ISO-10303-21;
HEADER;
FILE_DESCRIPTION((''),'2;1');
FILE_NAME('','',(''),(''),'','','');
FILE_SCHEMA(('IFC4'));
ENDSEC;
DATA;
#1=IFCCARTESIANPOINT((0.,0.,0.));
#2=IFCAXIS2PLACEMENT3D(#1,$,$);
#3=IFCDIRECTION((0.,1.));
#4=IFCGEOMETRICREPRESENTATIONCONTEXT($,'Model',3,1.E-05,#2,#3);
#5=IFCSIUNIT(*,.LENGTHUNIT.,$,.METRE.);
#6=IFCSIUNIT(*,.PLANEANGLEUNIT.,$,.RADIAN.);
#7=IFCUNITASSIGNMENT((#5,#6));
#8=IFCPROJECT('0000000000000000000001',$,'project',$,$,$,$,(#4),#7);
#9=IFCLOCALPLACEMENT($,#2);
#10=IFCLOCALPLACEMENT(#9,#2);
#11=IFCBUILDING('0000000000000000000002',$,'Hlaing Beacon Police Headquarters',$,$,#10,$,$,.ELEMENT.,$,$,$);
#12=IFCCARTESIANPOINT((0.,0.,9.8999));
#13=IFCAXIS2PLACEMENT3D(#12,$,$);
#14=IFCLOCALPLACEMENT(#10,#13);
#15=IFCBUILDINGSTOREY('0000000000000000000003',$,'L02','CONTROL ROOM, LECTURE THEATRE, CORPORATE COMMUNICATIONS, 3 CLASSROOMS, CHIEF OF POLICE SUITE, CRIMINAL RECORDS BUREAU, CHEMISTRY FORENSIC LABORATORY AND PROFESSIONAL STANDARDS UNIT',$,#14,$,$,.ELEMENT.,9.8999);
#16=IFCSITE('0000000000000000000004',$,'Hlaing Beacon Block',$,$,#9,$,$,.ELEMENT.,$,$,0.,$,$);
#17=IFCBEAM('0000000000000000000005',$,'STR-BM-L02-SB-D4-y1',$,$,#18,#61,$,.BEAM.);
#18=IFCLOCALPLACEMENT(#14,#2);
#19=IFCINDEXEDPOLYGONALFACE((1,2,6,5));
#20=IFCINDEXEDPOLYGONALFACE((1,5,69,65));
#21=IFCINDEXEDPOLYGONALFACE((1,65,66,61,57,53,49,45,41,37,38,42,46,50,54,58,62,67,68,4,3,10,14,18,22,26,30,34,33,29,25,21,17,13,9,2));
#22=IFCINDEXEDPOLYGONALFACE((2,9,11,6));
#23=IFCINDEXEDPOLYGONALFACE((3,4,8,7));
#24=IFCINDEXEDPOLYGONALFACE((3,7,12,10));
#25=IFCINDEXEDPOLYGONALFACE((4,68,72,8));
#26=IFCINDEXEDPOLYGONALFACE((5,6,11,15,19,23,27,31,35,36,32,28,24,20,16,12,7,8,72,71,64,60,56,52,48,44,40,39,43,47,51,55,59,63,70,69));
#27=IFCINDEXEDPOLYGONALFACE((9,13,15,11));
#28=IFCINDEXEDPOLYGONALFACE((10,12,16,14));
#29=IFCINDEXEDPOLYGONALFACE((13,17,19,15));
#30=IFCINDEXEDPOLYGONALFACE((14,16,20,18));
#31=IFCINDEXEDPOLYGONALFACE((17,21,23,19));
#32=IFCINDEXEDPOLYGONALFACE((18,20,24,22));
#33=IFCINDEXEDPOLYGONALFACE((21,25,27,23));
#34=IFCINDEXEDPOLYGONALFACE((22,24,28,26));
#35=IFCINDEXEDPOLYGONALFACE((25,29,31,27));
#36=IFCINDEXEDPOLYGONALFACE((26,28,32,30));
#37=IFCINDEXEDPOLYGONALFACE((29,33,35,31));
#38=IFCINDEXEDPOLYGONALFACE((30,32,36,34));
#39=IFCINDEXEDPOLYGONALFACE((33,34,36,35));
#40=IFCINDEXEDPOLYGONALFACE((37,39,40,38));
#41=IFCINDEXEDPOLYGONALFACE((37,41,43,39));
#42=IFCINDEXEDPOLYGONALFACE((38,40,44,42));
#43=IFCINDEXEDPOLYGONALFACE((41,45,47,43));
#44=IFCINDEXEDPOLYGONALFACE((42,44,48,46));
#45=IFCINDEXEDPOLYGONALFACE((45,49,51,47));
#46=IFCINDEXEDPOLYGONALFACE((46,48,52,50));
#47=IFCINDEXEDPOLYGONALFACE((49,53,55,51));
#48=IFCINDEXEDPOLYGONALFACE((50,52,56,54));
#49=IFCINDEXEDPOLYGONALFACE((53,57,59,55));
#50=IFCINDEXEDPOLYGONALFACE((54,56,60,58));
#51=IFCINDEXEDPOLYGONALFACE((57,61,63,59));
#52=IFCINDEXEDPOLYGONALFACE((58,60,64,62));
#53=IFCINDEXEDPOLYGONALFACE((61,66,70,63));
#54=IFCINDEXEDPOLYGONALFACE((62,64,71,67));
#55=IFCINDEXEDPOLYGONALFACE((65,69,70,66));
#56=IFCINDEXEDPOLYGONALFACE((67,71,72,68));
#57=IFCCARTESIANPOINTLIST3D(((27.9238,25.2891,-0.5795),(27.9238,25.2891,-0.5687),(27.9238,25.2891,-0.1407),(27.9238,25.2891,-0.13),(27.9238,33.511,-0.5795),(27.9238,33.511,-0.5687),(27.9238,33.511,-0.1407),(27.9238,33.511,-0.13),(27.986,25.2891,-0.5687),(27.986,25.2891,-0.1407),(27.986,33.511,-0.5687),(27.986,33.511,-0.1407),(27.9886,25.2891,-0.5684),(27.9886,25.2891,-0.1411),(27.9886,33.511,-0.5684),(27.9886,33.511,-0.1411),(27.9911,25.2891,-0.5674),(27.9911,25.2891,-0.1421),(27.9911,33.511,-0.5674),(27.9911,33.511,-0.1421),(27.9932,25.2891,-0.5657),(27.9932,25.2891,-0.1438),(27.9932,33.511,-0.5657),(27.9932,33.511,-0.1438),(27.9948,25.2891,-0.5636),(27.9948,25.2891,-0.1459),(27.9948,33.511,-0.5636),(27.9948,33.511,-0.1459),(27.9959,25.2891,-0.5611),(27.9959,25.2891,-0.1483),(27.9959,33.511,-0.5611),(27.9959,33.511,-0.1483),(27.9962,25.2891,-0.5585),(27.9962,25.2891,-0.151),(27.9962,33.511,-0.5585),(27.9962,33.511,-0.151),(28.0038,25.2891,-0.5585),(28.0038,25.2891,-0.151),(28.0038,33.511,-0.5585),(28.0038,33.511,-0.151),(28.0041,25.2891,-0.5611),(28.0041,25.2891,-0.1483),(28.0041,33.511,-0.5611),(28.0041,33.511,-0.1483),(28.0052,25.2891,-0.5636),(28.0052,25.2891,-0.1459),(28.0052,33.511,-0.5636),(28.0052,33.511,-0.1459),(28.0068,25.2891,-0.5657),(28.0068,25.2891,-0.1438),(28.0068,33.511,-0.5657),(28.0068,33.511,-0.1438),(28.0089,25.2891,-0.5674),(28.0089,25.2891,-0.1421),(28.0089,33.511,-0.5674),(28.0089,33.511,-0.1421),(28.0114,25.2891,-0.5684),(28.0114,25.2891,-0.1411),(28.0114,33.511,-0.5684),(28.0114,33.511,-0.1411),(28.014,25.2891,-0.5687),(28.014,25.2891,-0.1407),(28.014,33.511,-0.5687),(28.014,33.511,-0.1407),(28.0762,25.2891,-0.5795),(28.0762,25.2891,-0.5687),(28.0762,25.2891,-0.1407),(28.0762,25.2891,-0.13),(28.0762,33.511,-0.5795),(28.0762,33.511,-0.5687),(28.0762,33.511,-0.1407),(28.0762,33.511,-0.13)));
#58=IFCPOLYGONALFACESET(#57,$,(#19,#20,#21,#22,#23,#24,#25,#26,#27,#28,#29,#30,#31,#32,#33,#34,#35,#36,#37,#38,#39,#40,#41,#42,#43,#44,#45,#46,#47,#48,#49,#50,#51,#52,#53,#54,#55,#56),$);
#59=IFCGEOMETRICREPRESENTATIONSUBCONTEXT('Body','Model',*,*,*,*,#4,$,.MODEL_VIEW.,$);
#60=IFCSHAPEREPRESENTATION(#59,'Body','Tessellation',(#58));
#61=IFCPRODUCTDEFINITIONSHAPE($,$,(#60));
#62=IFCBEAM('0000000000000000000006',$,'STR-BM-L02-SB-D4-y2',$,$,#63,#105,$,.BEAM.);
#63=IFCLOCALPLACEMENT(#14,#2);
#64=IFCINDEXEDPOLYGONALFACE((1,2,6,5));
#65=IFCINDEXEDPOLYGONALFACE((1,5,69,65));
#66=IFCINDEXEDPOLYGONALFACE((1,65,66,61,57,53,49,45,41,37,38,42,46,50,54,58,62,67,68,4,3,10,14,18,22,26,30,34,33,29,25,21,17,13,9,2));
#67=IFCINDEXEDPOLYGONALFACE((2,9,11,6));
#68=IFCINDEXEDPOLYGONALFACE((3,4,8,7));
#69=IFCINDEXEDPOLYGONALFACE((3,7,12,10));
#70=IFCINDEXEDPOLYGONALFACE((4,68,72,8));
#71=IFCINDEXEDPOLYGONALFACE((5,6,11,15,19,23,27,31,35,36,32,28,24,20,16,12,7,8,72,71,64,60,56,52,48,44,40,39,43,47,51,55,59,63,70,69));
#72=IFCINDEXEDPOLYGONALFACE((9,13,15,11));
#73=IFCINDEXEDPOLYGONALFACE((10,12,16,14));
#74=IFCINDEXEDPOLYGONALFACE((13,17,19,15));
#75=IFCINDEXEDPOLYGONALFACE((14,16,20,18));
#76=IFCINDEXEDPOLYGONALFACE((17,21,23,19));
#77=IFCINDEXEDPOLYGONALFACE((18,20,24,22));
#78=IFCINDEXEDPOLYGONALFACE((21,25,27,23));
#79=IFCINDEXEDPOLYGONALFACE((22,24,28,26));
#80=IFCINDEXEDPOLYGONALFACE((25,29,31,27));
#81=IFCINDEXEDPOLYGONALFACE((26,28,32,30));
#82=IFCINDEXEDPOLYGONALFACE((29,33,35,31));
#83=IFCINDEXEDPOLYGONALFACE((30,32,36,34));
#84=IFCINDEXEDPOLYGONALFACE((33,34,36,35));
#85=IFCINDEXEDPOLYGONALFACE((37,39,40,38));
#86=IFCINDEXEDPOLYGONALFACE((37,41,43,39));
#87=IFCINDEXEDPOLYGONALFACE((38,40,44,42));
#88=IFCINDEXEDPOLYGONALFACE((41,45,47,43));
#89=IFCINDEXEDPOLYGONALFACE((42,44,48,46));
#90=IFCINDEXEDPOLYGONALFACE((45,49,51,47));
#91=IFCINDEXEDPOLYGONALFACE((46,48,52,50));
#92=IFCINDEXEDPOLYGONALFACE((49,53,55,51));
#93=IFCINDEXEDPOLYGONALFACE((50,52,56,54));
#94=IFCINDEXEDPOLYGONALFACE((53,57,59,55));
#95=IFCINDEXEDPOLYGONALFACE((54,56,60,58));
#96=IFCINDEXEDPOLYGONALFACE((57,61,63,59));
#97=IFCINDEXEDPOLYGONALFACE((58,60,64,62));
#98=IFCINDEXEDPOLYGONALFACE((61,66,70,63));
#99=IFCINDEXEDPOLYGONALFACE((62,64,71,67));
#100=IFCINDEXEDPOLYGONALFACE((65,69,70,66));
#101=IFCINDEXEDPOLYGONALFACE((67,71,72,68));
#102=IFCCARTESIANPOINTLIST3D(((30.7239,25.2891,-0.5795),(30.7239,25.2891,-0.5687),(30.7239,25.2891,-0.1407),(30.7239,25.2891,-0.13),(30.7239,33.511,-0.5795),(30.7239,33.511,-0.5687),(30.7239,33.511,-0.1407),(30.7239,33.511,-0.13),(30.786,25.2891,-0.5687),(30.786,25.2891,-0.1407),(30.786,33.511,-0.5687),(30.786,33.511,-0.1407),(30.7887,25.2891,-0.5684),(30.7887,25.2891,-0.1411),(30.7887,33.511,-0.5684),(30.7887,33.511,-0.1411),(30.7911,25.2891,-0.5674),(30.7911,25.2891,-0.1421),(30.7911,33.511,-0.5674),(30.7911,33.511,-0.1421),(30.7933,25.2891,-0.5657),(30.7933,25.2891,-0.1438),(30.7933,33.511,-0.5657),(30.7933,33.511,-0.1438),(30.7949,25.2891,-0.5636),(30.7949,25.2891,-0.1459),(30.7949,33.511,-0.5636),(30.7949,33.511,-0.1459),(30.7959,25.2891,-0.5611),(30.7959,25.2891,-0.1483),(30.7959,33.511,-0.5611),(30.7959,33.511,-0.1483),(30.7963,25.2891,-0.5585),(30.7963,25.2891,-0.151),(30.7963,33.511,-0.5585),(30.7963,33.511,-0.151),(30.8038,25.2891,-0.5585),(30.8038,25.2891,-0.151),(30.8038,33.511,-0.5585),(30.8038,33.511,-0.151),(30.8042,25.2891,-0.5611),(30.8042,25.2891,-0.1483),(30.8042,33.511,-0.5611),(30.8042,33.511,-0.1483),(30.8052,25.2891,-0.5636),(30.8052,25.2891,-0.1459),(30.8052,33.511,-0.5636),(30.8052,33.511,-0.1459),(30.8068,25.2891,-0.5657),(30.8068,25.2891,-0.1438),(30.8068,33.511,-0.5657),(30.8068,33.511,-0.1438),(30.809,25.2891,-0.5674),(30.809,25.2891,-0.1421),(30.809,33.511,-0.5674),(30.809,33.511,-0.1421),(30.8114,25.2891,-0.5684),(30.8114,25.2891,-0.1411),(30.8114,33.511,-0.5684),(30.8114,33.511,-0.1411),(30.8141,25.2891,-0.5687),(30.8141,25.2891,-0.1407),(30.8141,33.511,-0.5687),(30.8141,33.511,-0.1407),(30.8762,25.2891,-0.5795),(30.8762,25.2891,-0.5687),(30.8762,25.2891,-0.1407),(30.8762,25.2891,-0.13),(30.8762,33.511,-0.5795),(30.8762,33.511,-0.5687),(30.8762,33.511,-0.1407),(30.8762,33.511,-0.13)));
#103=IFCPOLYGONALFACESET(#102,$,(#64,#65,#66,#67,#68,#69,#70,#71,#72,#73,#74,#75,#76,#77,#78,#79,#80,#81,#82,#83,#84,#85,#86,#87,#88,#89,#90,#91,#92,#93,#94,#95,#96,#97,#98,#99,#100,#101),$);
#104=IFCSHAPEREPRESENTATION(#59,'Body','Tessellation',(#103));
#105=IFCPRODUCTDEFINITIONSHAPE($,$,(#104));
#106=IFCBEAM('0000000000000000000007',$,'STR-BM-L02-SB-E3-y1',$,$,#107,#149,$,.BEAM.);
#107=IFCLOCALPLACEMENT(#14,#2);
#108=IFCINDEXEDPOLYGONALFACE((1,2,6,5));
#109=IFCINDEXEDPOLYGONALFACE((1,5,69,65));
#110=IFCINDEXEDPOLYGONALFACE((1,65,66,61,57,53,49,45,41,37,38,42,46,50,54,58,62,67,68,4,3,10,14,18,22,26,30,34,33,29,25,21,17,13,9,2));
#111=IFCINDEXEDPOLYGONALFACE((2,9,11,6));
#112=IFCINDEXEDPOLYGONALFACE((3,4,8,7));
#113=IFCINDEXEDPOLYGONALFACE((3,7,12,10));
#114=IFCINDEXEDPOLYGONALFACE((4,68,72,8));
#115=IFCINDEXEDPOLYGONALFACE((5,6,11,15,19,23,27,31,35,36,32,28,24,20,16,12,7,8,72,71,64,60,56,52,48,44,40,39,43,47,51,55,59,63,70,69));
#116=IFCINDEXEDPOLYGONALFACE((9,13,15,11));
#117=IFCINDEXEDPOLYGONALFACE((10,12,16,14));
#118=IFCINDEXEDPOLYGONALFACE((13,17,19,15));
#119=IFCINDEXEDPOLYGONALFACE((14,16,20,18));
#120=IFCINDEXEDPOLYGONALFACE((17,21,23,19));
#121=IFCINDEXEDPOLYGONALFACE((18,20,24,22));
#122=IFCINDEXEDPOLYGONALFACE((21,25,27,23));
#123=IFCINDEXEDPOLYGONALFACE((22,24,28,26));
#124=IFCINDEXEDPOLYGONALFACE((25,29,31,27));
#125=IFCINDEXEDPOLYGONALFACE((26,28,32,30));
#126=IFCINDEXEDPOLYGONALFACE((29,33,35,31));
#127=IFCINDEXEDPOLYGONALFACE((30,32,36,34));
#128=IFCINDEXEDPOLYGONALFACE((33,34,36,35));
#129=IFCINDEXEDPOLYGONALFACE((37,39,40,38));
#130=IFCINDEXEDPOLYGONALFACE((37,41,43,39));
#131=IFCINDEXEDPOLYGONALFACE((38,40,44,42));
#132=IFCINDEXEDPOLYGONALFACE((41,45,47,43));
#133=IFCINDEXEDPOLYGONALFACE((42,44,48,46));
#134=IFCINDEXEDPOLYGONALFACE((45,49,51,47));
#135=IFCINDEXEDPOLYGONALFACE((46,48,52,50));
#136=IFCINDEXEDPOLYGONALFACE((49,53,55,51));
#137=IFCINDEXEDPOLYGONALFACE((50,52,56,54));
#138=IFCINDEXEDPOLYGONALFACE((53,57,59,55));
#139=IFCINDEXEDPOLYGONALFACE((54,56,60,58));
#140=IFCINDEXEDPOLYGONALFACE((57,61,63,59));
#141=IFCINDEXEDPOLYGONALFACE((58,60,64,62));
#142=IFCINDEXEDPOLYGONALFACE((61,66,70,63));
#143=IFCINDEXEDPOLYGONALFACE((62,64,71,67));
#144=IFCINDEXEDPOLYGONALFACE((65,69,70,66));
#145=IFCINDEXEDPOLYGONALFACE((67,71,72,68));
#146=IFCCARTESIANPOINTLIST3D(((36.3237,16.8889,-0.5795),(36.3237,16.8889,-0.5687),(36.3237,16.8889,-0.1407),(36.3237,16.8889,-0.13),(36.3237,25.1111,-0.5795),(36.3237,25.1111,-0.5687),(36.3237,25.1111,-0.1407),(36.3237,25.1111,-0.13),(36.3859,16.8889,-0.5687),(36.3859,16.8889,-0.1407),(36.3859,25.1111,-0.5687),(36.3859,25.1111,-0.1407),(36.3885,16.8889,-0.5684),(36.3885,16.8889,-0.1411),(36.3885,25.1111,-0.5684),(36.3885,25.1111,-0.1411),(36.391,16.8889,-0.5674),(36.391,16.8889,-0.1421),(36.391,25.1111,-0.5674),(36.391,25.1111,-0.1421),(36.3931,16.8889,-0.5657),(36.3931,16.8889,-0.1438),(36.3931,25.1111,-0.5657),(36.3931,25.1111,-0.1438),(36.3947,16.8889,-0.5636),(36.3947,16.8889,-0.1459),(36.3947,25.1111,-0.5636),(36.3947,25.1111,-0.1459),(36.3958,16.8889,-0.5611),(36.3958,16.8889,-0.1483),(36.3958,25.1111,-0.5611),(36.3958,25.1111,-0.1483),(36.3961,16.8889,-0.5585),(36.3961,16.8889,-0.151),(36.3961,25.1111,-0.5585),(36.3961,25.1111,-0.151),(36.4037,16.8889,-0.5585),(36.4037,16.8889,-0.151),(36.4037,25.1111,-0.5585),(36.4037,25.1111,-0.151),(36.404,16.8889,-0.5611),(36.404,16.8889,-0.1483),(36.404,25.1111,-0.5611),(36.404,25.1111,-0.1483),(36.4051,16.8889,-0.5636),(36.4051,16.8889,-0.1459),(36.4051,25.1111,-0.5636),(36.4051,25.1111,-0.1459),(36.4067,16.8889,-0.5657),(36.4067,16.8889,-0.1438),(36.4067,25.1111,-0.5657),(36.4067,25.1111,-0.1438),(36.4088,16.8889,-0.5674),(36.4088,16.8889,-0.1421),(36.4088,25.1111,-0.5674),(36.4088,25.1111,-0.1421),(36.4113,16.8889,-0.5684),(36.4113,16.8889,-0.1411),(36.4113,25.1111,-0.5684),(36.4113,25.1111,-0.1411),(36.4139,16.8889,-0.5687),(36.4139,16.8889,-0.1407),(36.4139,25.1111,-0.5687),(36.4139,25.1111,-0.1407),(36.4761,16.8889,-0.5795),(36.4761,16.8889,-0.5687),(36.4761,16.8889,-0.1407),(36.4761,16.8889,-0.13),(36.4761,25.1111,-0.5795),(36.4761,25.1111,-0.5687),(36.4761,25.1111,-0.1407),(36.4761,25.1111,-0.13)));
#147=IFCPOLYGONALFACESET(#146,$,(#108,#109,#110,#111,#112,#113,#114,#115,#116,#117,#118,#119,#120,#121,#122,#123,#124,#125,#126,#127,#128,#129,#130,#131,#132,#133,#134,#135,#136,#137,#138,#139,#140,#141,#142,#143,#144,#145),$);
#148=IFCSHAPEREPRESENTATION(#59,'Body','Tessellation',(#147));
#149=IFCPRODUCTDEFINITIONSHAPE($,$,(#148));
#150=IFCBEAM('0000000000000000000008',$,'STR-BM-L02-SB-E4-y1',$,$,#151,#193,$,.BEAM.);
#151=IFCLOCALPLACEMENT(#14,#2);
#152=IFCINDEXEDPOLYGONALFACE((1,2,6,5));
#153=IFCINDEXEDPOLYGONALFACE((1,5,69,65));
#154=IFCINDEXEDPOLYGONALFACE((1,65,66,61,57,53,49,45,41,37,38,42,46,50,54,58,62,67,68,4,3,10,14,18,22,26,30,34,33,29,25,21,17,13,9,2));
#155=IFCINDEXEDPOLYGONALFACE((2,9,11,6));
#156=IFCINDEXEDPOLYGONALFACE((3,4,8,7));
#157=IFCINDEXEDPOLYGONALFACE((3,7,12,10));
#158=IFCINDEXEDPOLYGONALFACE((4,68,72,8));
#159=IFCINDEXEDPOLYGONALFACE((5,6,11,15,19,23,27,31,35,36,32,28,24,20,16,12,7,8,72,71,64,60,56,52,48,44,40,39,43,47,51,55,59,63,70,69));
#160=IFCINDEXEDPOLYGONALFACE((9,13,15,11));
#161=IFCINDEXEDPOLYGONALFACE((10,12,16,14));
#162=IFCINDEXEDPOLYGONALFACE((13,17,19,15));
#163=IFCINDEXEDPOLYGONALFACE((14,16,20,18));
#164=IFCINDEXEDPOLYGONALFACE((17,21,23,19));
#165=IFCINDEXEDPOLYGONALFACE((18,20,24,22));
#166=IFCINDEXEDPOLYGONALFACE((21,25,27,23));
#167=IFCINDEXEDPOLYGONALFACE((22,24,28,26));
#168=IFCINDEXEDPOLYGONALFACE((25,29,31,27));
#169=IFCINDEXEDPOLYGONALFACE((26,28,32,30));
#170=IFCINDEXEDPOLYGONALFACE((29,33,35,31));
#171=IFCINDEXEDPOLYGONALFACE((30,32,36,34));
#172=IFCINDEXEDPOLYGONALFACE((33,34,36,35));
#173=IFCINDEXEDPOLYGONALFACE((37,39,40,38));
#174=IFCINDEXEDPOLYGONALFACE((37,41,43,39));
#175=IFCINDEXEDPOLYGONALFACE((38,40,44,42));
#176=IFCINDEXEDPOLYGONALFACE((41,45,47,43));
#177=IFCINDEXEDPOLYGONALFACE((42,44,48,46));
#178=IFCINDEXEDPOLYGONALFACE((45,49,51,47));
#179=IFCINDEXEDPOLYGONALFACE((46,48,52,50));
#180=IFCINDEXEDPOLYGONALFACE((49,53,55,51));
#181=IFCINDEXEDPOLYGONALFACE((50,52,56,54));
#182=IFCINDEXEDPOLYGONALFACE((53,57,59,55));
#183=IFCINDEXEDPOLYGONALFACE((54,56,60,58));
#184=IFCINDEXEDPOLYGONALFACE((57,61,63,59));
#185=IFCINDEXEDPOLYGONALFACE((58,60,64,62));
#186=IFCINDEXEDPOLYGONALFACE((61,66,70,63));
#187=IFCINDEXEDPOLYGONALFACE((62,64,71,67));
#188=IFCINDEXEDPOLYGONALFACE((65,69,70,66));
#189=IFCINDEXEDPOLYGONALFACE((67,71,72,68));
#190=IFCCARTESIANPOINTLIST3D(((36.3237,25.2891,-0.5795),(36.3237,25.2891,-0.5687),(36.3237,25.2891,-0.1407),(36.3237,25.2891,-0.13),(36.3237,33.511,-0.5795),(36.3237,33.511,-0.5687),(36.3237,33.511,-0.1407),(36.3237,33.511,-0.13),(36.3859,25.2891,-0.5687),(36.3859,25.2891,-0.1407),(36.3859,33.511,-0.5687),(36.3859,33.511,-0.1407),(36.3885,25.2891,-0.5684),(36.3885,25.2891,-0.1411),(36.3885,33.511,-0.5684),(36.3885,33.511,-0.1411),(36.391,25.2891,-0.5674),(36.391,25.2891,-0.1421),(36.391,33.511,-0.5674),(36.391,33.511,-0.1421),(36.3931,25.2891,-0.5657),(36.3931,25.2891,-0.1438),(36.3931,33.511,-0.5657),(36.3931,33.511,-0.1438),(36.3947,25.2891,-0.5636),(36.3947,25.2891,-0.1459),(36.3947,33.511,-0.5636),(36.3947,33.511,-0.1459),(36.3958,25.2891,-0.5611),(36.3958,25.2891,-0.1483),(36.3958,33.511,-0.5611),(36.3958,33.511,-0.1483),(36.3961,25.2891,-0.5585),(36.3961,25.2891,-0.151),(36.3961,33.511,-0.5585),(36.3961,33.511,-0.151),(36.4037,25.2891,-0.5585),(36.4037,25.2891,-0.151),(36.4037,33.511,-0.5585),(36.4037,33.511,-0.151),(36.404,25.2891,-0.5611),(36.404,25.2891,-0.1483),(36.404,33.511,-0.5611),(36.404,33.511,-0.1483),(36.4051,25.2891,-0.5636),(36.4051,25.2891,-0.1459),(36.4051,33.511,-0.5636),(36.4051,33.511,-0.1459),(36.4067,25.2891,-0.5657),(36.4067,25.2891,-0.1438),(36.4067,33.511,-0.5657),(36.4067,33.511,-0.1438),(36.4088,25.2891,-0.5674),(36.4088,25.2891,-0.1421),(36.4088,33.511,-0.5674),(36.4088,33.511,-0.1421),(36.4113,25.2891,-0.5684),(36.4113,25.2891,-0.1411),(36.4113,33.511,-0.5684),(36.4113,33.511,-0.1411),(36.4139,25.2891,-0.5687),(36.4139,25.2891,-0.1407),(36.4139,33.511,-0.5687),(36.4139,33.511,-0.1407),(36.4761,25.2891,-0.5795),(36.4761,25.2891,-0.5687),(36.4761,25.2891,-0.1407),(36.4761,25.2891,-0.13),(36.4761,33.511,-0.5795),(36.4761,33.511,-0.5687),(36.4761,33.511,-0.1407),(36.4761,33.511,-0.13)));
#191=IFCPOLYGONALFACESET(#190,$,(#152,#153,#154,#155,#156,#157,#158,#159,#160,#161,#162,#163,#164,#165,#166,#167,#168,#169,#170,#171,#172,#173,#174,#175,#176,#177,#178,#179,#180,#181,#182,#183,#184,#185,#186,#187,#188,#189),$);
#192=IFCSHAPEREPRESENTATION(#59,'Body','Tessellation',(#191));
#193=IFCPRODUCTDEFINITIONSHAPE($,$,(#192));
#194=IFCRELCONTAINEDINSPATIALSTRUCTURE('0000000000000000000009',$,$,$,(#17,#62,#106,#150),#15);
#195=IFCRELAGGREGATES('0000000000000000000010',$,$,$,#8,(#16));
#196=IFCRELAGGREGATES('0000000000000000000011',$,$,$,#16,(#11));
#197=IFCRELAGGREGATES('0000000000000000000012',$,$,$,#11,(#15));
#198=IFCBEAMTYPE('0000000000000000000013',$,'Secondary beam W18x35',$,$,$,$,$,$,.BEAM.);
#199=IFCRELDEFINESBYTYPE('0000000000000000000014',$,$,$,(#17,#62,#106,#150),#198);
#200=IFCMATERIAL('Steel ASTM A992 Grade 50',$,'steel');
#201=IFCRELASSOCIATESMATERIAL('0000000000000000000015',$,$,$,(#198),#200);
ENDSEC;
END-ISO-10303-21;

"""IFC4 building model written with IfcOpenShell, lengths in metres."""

from ifc_helpers import new_model, si_unit, direction, frame, origin, origin_2d, place, context, subcontext, project, spatial, i_section, extrude, material, material_profile, profile_set, type_object, element, save


model = new_model("IFC4")

# Units and contexts
model_context = context("Model", 3, precision=1e-05, world=origin(), true_north=direction((0.0, 1.0)))
body_context = subcontext(model_context, "Body", "Model", "MODEL_VIEW")
ifc_project = project(units=[si_unit("LENGTHUNIT", "METRE"), si_unit("PLANEANGLEUNIT", "RADIAN")], contexts=[model_context])

# Site, building, storey
site_placement = place(None, origin())
site = spatial("IfcSite", under=ifc_project, at=site_placement, Name="Hlaing Beacon Block", CompositionType="ELEMENT", RefElevation=0.0)
building_placement = place(site_placement, origin())
building = spatial("IfcBuilding", under=site, at=building_placement, Name="Hlaing Beacon Police Headquarters", CompositionType="ELEMENT")
storey_placement = place(building_placement, frame((0.0, 0.0, 9.8999)))
storey = spatial("IfcBuildingStorey", under=building, at=storey_placement, Name="L02", Description="CONTROL ROOM, LECTURE THEATRE, CORPORATE COMMUNICATIONS, 3 CLASSROOMS, CHIEF OF POLICE SUITE, CRIMINAL RECORDS BUREAU, CHEMISTRY FORENSIC LABORATORY AND PROFESSIONAL STANDARDS UNIT", CompositionType="ELEMENT", Elevation=9.8999)

# Beams
ifc_material_1 = material(Name="Steel ASTM A992 Grade 50", Category="steel")
ifc_material_profile_1 = material_profile(ifc_material_1, i_section(OverallWidth=0.1523, OverallDepth=0.4495, WebThickness=0.0076, FlangeThickness=0.0107, FilletRadius=0.0103, at=origin_2d()), Name="W18x35")
ifc_profile_set_1 = profile_set([ifc_material_profile_1], Name="Steel ASTM A992 Grade 50")
beam_type_1 = type_object("IfcBeamType", Name="Secondary beam W18x35", PredefinedType="BEAM", material=ifc_profile_set_1)
for number, where, z_axis, x_axis, name in (
    (1, (28.0, 25.2891, -0.3547), (0.0, 1.0, 0.0), (-1.0, 0.0, 0.0), "STR-BM-L02-SB-D4-y1"),
    (2, (30.8, 25.2891, -0.3547), (0.0, 1.0, 0.0), (-1.0, 0.0, 0.0), "STR-BM-L02-SB-D4-y2"),
):
    element("IfcBeam", number, at=place(storey_placement, frame(where, z_axis=z_axis, x_axis=x_axis)), inside=storey, type_object=beam_type_1, Name=name, PredefinedType="BEAM", context=body_context, shape_type="SweptSolid", body=[
        extrude(i_section(OverallWidth=0.1523, OverallDepth=0.4495, WebThickness=0.0076, FlangeThickness=0.0107, FilletRadius=0.0103, at=origin_2d()), origin(), (0.0, 0.0, 1.0), 8.2219),
    ])
beam_1_placement = place(storey_placement, frame((36.3999, 16.8889, -0.3547), z_axis=(0.0, 1.0, 0.0), x_axis=(-1.0, 0.0, 0.0)))
element("IfcBeam", 3, at=beam_1_placement, inside=storey, type_object=beam_type_1, Name="STR-BM-L02-SB-E3-y1", PredefinedType="BEAM", context=body_context, shape_type="SweptSolid", body=[
    extrude(i_section(OverallWidth=0.1523, OverallDepth=0.4495, WebThickness=0.0076, FlangeThickness=0.0107, FilletRadius=0.0103, at=origin_2d()), origin(), (0.0, 0.0, 1.0), 8.2222),
])
beam_2_placement = place(storey_placement, frame((36.3999, 25.2891, -0.3547), z_axis=(0.0, 1.0, 0.0), x_axis=(-1.0, 0.0, 0.0)))
element("IfcBeam", 4, at=beam_2_placement, inside=storey, type_object=beam_type_1, Name="STR-BM-L02-SB-E4-y1", PredefinedType="BEAM", context=body_context, shape_type="SweptSolid", body=[
    extrude(i_section(OverallWidth=0.1523, OverallDepth=0.4495, WebThickness=0.0076, FlangeThickness=0.0107, FilletRadius=0.0103, at=origin_2d()), origin(), (0.0, 0.0, 1.0), 8.2219),
])

save(model, "model.ifc")
